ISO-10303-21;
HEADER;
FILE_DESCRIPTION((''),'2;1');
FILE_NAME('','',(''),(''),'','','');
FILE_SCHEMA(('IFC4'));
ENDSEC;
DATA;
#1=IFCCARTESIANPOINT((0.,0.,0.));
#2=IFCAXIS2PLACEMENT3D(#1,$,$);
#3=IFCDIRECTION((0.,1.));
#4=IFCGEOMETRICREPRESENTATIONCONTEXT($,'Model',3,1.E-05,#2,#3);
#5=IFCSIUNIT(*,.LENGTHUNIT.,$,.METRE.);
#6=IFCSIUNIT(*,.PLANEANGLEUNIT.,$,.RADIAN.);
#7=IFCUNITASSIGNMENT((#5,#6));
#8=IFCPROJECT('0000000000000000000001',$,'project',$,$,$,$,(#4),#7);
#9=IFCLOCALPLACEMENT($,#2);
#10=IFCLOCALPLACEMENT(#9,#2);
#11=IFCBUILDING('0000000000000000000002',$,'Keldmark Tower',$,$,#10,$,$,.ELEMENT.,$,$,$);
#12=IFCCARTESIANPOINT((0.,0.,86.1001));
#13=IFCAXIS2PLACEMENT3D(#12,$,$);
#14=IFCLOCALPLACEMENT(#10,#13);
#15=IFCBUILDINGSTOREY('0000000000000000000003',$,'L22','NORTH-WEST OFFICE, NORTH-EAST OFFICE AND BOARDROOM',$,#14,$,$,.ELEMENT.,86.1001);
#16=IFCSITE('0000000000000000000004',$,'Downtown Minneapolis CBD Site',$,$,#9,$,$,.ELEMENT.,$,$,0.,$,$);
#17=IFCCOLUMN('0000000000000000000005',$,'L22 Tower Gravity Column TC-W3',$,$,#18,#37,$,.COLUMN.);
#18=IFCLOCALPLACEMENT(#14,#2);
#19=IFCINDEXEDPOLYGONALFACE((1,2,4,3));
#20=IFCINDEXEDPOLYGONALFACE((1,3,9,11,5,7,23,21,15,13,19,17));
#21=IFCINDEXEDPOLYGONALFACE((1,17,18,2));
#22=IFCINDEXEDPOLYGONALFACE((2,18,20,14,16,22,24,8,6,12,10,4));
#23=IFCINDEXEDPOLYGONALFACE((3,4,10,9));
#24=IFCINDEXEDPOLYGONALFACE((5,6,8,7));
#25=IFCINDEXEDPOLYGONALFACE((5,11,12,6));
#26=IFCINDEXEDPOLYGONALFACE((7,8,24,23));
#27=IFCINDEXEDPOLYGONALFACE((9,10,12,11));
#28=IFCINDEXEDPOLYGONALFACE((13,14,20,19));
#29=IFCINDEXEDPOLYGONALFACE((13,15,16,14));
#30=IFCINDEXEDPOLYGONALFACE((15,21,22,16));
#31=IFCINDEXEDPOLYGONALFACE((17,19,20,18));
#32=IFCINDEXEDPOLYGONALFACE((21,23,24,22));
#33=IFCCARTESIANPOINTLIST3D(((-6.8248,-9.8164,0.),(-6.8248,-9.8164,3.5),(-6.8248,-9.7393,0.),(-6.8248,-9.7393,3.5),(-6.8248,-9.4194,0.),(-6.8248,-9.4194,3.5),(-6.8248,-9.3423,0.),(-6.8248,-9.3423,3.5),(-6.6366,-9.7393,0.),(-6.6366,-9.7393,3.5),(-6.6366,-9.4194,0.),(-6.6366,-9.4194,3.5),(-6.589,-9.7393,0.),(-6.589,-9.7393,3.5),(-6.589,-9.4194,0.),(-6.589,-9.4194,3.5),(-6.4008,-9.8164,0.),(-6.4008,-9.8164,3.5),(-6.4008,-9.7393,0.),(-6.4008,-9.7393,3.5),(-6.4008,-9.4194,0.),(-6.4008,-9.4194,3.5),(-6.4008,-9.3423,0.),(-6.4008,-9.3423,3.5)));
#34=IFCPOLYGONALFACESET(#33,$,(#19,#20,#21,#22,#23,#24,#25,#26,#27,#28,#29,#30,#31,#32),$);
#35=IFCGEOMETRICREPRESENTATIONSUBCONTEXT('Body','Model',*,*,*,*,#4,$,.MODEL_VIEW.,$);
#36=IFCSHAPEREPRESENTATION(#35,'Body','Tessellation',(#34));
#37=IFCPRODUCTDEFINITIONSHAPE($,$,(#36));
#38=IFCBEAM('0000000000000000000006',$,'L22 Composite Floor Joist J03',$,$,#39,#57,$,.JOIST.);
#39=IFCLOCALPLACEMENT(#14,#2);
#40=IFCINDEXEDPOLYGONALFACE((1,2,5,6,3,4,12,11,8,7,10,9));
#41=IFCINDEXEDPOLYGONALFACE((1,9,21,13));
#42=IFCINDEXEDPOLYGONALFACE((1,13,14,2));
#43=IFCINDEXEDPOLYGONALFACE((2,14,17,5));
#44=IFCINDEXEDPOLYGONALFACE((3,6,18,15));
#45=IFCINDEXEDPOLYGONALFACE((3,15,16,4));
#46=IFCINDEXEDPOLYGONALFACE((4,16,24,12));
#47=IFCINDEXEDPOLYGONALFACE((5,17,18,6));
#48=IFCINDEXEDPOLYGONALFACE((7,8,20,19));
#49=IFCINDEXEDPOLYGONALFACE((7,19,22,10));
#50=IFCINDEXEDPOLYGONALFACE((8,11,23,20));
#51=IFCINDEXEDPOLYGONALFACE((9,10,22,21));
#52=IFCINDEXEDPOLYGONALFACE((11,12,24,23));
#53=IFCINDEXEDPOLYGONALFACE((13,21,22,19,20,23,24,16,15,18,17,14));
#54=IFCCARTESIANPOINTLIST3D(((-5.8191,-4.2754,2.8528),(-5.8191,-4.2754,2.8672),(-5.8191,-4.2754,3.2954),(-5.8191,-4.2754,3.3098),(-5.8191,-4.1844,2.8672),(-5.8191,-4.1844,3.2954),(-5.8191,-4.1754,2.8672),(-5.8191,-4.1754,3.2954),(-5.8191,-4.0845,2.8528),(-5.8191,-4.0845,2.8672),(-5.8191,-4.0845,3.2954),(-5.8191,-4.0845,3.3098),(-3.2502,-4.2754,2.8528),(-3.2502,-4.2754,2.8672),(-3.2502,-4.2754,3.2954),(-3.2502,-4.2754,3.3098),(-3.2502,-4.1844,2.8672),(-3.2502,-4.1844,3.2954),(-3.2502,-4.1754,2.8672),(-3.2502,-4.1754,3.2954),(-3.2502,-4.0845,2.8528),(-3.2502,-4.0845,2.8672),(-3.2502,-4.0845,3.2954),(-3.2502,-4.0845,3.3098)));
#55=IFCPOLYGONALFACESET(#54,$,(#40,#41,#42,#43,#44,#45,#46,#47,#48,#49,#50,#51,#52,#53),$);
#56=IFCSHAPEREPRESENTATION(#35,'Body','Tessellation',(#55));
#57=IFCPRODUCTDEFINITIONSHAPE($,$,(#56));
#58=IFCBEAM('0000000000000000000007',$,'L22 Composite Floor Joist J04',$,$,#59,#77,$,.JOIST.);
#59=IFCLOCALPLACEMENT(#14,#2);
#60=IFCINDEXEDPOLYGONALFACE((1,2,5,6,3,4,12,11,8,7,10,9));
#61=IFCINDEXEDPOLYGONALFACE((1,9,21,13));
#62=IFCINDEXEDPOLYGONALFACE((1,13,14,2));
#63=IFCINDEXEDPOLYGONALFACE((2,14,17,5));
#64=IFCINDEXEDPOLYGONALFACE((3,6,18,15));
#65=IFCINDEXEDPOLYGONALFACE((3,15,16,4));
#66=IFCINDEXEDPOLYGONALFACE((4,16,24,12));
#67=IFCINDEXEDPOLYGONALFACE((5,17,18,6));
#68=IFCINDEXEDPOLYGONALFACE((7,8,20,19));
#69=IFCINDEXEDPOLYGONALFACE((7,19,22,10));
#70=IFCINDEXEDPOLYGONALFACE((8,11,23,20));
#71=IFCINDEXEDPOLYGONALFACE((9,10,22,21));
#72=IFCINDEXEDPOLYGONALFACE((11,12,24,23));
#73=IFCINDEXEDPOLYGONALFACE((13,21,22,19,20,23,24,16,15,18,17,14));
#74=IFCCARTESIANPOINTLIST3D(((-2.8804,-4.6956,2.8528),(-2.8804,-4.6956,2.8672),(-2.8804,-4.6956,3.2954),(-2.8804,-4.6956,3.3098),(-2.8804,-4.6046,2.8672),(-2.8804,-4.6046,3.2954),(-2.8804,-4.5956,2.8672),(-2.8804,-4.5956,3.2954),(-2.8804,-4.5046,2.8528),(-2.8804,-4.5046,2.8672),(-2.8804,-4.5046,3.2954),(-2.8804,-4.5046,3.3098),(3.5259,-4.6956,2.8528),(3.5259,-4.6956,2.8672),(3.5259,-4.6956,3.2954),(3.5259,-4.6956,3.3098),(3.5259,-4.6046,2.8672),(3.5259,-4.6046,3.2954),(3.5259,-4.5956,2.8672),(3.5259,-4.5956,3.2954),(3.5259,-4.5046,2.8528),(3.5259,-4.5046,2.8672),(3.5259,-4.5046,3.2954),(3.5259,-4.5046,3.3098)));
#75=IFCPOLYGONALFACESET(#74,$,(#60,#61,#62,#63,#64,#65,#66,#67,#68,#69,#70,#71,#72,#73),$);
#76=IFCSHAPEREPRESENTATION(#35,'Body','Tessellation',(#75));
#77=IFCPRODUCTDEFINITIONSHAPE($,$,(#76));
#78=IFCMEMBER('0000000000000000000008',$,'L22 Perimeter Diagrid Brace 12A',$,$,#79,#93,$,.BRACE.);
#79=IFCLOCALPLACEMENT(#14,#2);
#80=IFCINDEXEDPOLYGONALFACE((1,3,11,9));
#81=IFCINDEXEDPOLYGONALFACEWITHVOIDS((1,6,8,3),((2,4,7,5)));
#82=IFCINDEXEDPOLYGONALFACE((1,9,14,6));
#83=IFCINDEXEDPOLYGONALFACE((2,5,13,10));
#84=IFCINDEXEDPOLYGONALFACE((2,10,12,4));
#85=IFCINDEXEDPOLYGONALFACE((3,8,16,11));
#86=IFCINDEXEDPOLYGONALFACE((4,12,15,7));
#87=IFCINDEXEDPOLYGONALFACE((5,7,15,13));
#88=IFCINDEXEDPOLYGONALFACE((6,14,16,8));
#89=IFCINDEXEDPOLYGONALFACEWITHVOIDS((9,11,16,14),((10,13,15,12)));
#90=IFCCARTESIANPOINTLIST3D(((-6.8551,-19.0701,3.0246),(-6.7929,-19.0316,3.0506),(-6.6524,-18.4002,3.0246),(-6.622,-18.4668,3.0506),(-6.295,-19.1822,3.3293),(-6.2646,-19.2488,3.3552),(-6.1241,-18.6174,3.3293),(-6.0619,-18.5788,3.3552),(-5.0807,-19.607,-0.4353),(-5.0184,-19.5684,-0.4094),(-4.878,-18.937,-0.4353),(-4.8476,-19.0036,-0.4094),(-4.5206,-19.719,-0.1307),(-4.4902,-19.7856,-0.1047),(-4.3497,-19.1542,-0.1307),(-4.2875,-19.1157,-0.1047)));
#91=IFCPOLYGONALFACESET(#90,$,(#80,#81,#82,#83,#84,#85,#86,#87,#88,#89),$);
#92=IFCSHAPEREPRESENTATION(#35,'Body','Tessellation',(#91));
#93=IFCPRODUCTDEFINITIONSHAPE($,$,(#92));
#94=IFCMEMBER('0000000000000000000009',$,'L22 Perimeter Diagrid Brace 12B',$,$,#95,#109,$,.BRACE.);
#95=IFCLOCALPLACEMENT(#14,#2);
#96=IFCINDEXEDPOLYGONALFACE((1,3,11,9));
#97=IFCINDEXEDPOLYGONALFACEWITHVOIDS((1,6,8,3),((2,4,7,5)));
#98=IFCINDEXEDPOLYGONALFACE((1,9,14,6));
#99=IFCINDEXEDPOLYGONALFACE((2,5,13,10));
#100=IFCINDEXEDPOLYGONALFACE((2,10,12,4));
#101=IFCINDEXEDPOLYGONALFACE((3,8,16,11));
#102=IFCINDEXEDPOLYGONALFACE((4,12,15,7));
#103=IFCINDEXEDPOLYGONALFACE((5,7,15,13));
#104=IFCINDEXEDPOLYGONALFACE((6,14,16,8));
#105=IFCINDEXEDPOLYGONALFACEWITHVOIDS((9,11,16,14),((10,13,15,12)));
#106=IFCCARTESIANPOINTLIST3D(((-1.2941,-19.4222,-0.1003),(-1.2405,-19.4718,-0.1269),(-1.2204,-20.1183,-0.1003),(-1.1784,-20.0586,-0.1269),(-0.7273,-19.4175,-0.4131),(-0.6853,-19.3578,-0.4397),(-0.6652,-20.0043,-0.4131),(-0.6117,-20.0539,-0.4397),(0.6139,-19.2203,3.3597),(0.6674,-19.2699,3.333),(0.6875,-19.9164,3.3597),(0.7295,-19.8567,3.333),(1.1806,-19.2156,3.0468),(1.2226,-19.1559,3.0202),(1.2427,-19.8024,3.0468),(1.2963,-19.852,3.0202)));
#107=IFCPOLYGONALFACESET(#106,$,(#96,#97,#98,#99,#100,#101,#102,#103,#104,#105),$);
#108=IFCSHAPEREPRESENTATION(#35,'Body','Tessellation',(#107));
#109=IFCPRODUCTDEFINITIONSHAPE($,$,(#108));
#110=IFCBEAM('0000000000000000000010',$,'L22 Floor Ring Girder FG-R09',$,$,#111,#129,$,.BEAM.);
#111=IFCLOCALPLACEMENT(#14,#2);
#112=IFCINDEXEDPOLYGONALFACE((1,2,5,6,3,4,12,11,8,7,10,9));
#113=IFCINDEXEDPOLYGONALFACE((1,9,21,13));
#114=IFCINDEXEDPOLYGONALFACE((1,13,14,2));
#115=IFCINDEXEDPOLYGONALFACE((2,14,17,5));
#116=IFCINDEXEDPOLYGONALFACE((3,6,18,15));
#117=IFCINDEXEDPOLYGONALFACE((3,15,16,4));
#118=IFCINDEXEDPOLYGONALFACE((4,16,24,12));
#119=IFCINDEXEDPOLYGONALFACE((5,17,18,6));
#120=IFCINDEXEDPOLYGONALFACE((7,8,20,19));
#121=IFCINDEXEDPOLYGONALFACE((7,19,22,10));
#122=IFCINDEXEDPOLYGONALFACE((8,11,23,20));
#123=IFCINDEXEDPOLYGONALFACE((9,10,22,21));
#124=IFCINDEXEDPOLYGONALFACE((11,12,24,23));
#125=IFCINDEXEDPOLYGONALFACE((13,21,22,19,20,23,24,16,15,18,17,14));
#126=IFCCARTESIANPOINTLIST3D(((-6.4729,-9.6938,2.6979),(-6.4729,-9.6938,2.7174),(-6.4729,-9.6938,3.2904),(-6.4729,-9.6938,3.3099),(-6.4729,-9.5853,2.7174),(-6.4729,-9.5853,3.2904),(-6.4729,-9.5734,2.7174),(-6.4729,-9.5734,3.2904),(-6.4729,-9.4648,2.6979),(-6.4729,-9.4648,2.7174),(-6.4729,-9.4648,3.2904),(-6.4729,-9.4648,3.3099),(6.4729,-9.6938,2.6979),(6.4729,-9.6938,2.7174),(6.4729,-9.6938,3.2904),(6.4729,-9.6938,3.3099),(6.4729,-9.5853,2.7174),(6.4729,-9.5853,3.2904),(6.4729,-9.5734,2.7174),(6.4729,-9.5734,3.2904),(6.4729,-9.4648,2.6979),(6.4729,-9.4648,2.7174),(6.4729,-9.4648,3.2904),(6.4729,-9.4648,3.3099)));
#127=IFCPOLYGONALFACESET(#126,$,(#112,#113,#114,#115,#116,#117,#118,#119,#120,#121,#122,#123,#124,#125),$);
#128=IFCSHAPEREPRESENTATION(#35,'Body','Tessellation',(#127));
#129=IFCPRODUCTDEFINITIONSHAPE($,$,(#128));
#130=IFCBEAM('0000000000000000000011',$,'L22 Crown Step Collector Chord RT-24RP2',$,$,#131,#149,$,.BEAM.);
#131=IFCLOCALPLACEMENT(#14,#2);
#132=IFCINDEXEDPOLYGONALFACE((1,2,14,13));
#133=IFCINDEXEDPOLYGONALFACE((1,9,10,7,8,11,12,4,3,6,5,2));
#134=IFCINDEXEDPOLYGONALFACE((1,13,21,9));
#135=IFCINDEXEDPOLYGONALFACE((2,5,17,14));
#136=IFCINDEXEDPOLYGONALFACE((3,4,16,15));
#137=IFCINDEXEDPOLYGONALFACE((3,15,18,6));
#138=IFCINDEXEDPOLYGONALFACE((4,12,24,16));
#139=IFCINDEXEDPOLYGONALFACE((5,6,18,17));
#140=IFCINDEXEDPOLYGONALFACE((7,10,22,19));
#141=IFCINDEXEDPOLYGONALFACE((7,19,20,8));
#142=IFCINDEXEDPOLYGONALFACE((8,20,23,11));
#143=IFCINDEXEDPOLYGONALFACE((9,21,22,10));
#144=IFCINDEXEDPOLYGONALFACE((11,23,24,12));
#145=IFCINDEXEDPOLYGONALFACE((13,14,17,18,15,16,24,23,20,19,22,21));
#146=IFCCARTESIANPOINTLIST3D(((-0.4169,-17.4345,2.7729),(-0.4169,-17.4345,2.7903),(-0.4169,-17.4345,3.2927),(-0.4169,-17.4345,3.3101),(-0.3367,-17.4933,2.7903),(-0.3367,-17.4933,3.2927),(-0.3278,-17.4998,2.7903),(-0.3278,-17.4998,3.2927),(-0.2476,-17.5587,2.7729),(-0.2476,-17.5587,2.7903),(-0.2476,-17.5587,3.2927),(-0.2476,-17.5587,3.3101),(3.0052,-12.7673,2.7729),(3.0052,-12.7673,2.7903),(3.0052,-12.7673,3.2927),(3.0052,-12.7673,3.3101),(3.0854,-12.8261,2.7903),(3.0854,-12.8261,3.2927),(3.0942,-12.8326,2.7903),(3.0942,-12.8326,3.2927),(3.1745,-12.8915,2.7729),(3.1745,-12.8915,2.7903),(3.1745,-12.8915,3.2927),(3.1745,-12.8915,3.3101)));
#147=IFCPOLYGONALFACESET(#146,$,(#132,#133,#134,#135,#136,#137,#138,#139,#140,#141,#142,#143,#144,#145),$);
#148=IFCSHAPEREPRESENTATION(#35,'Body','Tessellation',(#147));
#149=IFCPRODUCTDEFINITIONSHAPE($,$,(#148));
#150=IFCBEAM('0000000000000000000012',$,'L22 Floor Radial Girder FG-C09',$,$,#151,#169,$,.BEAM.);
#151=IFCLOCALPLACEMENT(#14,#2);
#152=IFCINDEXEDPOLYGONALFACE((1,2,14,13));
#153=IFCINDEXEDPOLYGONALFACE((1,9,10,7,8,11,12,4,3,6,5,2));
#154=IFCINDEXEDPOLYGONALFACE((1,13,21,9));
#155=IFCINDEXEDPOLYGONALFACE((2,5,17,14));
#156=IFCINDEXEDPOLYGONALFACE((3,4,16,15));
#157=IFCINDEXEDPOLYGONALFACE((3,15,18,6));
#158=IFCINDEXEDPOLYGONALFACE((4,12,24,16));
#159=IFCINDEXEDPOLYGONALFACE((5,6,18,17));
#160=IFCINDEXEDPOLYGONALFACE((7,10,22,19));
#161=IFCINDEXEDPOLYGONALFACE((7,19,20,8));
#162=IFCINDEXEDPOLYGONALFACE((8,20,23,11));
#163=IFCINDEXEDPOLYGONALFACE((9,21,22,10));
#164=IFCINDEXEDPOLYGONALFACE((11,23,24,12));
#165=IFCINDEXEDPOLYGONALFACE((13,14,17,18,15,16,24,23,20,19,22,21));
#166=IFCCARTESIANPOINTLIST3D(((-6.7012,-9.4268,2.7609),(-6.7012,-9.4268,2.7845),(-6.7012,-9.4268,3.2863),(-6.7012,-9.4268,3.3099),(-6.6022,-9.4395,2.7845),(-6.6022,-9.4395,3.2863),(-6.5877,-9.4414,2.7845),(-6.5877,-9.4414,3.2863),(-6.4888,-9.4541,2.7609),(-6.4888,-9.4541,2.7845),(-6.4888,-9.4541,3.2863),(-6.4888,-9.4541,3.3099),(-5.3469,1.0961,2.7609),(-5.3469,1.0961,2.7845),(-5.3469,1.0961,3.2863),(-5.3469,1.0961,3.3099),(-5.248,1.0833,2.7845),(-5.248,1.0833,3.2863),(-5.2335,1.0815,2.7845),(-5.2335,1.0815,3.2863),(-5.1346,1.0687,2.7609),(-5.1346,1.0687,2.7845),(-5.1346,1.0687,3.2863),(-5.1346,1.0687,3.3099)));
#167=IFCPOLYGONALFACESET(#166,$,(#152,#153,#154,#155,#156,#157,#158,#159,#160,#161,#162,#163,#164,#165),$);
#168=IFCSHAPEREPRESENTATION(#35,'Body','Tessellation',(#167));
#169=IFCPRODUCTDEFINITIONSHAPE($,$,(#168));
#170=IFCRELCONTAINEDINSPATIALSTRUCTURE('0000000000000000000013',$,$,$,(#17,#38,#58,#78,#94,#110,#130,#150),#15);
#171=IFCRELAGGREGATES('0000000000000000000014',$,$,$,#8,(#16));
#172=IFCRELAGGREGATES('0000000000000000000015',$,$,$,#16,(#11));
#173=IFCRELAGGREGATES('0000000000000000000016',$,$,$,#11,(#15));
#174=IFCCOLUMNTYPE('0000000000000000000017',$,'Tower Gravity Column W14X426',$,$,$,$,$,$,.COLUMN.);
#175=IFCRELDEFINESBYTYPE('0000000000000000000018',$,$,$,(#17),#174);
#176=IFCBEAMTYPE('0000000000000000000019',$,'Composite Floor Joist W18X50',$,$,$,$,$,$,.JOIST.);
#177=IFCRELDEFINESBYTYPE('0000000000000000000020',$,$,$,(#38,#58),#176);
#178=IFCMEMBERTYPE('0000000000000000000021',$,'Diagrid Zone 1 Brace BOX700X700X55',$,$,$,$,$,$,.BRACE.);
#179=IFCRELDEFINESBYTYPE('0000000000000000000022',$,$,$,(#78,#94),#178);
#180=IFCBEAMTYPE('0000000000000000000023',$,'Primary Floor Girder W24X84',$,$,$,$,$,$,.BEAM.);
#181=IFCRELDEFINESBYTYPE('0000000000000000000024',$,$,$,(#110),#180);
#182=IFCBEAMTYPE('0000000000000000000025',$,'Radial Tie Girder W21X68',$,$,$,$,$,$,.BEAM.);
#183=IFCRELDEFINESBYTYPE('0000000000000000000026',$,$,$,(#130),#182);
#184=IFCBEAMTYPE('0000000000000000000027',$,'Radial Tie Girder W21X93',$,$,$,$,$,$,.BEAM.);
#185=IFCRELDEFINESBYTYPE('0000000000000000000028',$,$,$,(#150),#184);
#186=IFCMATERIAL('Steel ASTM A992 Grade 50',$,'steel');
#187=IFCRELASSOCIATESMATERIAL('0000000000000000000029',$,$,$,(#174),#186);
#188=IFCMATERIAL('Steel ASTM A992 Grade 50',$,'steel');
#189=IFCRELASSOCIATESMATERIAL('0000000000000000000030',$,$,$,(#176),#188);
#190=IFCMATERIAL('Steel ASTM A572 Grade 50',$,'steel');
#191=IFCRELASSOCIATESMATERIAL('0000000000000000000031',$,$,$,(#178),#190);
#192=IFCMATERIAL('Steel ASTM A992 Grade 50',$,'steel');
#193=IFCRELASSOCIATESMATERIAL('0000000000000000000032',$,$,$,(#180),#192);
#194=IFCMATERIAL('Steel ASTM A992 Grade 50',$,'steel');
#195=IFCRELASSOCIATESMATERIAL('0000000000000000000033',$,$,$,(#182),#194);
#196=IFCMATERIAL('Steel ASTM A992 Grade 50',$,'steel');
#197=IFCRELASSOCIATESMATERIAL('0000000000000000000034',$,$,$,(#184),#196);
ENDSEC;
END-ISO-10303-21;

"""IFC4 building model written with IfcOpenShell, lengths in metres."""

from ifc_helpers import new_model, si_unit, direction, frame, origin, origin_2d, place, context, subcontext, project, spatial, hollow_rectangle, i_section, extrude, material, material_profile, profile_set, type_object, element, save


model = new_model("IFC4")

# Units and contexts
model_context = context("Model", 3, precision=1e-05, world=origin(), true_north=direction((0.0, 1.0)))
body_context = subcontext(model_context, "Body", "Model", "MODEL_VIEW")
ifc_project = project(units=[si_unit("LENGTHUNIT", "METRE"), si_unit("PLANEANGLEUNIT", "RADIAN")], contexts=[model_context])

# Site, building, storey
site_placement = place(None, origin())
site = spatial("IfcSite", under=ifc_project, at=site_placement, Name="Downtown Minneapolis CBD Site", CompositionType="ELEMENT", RefElevation=0.0)
building_placement = place(site_placement, origin())
building = spatial("IfcBuilding", under=site, at=building_placement, Name="Keldmark Tower", CompositionType="ELEMENT")
storey_placement = place(building_placement, frame((0.0, 0.0, 86.1001)))
storey = spatial("IfcBuildingStorey", under=building, at=storey_placement, Name="L22", Description="NORTH-WEST OFFICE, NORTH-EAST OFFICE AND BOARDROOM", CompositionType="ELEMENT", Elevation=86.1001)

# Column
ifc_material_1 = material(Name="Steel ASTM A992 Grade 50", Category="steel")
ifc_material_profile_1 = material_profile(ifc_material_1, i_section(OverallWidth=0.4241, OverallDepth=0.4741, WebThickness=0.0476, FlangeThickness=0.0771, at=origin_2d()), Name="W14X426")
ifc_profile_set_1 = profile_set([ifc_material_profile_1], Name="Steel ASTM A992 Grade 50")
column_type = type_object("IfcColumnType", Name="Tower Gravity Column W14X426", PredefinedType="COLUMN", material=ifc_profile_set_1)
column_placement = place(storey_placement, frame((-6.6128, -9.5793, 0.0), z_axis=(0.0, 0.0, 1.0), x_axis=(1.0, 0.0, 0.0)))
element("IfcColumn", 1, at=column_placement, inside=storey, type_object=column_type, Name="L22 Tower Gravity Column TC-W3", PredefinedType="COLUMN", context=body_context, shape_type="SweptSolid", body=[
    extrude(i_section(OverallWidth=0.4241, OverallDepth=0.4741, WebThickness=0.0476, FlangeThickness=0.0771, at=origin_2d()), origin(), (0.0, 0.0, 1.0), 3.5),
])

# Beams
ifc_material_2 = material(Name="Steel ASTM A992 Grade 50", Category="steel")
ifc_material_profile_2 = material_profile(ifc_material_2, i_section(OverallWidth=0.1909, OverallDepth=0.457, WebThickness=0.009, FlangeThickness=0.0144, at=origin_2d()), Name="W18X50")
ifc_profile_set_2 = profile_set([ifc_material_profile_2], Name="Steel ASTM A992 Grade 50")
beam_type_1 = type_object("IfcBeamType", Name="Composite Floor Joist W18X50", PredefinedType="JOIST", material=ifc_profile_set_2)
beam_1_placement = place(storey_placement, frame((-5.8191, -4.1799, 3.0813), z_axis=(1.0, 0.0, 0.0), x_axis=(0.0, 1.0, 0.0)))
element("IfcBeam", 2, at=beam_1_placement, inside=storey, type_object=beam_type_1, Name="L22 Composite Floor Joist J03", PredefinedType="JOIST", context=body_context, shape_type="SweptSolid", body=[
    extrude(i_section(OverallWidth=0.1909, OverallDepth=0.457, WebThickness=0.009, FlangeThickness=0.0144, at=origin_2d()), origin(), (0.0, 0.0, 1.0), 2.5688),
])
beam_2_placement = place(storey_placement, frame((-2.8804, -4.6001, 3.0813), z_axis=(1.0, 0.0, 0.0), x_axis=(0.0, 1.0, 0.0)))
element("IfcBeam", 3, at=beam_2_placement, inside=storey, type_object=beam_type_1, Name="L22 Composite Floor Joist J04", PredefinedType="JOIST", context=body_context, shape_type="SweptSolid", body=[
    extrude(i_section(OverallWidth=0.1909, OverallDepth=0.457, WebThickness=0.009, FlangeThickness=0.0144, at=origin_2d()), origin(), (0.0, 0.0, 1.0), 6.4062),
])

# Members
ifc_material_3 = material(Name="Steel ASTM A572 Grade 50", Category="steel")
ifc_material_profile_3 = material_profile(ifc_material_3, hollow_rectangle(XDim=0.7, YDim=0.7, WallThickness=0.0549, at=origin_2d()), Name="BOX700X700X55")
ifc_profile_set_3 = profile_set([ifc_material_profile_3], Name="Steel ASTM A572 Grade 50")
member_type = type_object("IfcMemberType", Name="Diagrid Zone 1 Brace BOX700X700X55", PredefinedType="BRACE", material=ifc_profile_set_3)
member_1_placement = place(storey_placement, frame((-4.6841, -19.3613, -0.27), z_axis=(-0.452044, 0.13677, 0.881448), x_axis=(-0.289594, -0.957149, 0.0)))
element("IfcMember", 4, at=member_1_placement, inside=storey, type_object=member_type, Name="L22 Perimeter Diagrid Brace 12A", PredefinedType="BRACE", context=body_context, shape_type="SweptSolid", body=[
    extrude(hollow_rectangle(XDim=0.7, YDim=0.7, WallThickness=0.0549, at=origin_2d()), origin(), (0.0, 0.0, 1.0), 3.9253),
])
member_2_placement = place(storey_placement, frame((-0.9529, -19.738, -0.27), z_axis=(0.482257, 0.051033, 0.874542), x_axis=(-0.105235, 0.994447, 0.0)))
element("IfcMember", 5, at=member_2_placement, inside=storey, type_object=member_type, Name="L22 Perimeter Diagrid Brace 12B", PredefinedType="BRACE", context=body_context, shape_type="SweptSolid", body=[
    extrude(hollow_rectangle(XDim=0.7, YDim=0.7, WallThickness=0.0549, at=origin_2d()), origin(), (0.0, 0.0, 1.0), 3.9563),
])

# Beams
ifc_material_4 = material(Name="Steel ASTM A992 Grade 50", Category="steel")
ifc_material_profile_4 = material_profile(ifc_material_4, i_section(OverallWidth=0.229, OverallDepth=0.6121, WebThickness=0.012, FlangeThickness=0.0195, at=origin_2d()), Name="W24X84")
ifc_profile_set_4 = profile_set([ifc_material_profile_4], Name="Steel ASTM A992 Grade 50")
beam_type_2 = type_object("IfcBeamType", Name="Primary Floor Girder W24X84", PredefinedType="BEAM", material=ifc_profile_set_4)
beam_3_placement = place(storey_placement, frame((-6.4729, -9.5793, 3.0039), z_axis=(1.0, 0.0, 0.0), x_axis=(0.0, 1.0, 0.0)))
element("IfcBeam", 6, at=beam_3_placement, inside=storey, type_object=beam_type_2, Name="L22 Floor Ring Girder FG-R09", PredefinedType="BEAM", context=body_context, shape_type="SweptSolid", body=[
    extrude(i_section(OverallWidth=0.229, OverallDepth=0.6121, WebThickness=0.012, FlangeThickness=0.0195, at=origin_2d()), origin(), (0.0, 0.0, 1.0), 12.9458),
])
ifc_material_5 = material(Name="Steel ASTM A992 Grade 50", Category="steel")
ifc_material_profile_5 = material_profile(ifc_material_5, i_section(OverallWidth=0.21, OverallDepth=0.5371, WebThickness=0.011, FlangeThickness=0.0173, at=origin_2d()), Name="W21X68")
ifc_profile_set_5 = profile_set([ifc_material_profile_5], Name="Steel ASTM A992 Grade 50")
beam_type_3 = type_object("IfcBeamType", Name="Radial Tie Girder W21X68", PredefinedType="BEAM", material=ifc_profile_set_5)
beam_4_placement = place(storey_placement, frame((-0.3323, -17.4966, 3.0415), z_axis=(0.591305, 0.806448, 0.0), x_axis=(-0.806448, 0.591305, 0.0)))
element("IfcBeam", 7, at=beam_4_placement, inside=storey, type_object=beam_type_3, Name="L22 Crown Step Collector Chord RT-24RP2", PredefinedType="BEAM", context=body_context, shape_type="SweptSolid", body=[
    extrude(i_section(OverallWidth=0.21, OverallDepth=0.5371, WebThickness=0.011, FlangeThickness=0.0173, at=origin_2d()), origin(), (0.0, 0.0, 1.0), 5.7874),
])
ifc_material_6 = material(Name="Steel ASTM A992 Grade 50", Category="steel")
ifc_material_profile_6 = material_profile(ifc_material_6, i_section(OverallWidth=0.2141, OverallDepth=0.5491, WebThickness=0.0146, FlangeThickness=0.0237, at=origin_2d()), Name="W21X93")
ifc_profile_set_6 = profile_set([ifc_material_profile_6], Name="Steel ASTM A992 Grade 50")
beam_type_4 = type_object("IfcBeamType", Name="Radial Tie Girder W21X93", PredefinedType="BEAM", material=ifc_profile_set_6)
beam_5_placement = place(storey_placement, frame((-6.595, -9.4404, 3.0354), z_axis=(0.127642, 0.99182, 0.0), x_axis=(-0.99182, 0.127642, 0.0)))
element("IfcBeam", 8, at=beam_5_placement, inside=storey, type_object=beam_type_4, Name="L22 Floor Radial Girder FG-C09", PredefinedType="BEAM", context=body_context, shape_type="SweptSolid", body=[
    extrude(i_section(OverallWidth=0.2141, OverallDepth=0.5491, WebThickness=0.0146, FlangeThickness=0.0237, at=origin_2d()), origin(), (0.0, 0.0, 1.0), 10.6096),
])

save(model, "model.ifc")
